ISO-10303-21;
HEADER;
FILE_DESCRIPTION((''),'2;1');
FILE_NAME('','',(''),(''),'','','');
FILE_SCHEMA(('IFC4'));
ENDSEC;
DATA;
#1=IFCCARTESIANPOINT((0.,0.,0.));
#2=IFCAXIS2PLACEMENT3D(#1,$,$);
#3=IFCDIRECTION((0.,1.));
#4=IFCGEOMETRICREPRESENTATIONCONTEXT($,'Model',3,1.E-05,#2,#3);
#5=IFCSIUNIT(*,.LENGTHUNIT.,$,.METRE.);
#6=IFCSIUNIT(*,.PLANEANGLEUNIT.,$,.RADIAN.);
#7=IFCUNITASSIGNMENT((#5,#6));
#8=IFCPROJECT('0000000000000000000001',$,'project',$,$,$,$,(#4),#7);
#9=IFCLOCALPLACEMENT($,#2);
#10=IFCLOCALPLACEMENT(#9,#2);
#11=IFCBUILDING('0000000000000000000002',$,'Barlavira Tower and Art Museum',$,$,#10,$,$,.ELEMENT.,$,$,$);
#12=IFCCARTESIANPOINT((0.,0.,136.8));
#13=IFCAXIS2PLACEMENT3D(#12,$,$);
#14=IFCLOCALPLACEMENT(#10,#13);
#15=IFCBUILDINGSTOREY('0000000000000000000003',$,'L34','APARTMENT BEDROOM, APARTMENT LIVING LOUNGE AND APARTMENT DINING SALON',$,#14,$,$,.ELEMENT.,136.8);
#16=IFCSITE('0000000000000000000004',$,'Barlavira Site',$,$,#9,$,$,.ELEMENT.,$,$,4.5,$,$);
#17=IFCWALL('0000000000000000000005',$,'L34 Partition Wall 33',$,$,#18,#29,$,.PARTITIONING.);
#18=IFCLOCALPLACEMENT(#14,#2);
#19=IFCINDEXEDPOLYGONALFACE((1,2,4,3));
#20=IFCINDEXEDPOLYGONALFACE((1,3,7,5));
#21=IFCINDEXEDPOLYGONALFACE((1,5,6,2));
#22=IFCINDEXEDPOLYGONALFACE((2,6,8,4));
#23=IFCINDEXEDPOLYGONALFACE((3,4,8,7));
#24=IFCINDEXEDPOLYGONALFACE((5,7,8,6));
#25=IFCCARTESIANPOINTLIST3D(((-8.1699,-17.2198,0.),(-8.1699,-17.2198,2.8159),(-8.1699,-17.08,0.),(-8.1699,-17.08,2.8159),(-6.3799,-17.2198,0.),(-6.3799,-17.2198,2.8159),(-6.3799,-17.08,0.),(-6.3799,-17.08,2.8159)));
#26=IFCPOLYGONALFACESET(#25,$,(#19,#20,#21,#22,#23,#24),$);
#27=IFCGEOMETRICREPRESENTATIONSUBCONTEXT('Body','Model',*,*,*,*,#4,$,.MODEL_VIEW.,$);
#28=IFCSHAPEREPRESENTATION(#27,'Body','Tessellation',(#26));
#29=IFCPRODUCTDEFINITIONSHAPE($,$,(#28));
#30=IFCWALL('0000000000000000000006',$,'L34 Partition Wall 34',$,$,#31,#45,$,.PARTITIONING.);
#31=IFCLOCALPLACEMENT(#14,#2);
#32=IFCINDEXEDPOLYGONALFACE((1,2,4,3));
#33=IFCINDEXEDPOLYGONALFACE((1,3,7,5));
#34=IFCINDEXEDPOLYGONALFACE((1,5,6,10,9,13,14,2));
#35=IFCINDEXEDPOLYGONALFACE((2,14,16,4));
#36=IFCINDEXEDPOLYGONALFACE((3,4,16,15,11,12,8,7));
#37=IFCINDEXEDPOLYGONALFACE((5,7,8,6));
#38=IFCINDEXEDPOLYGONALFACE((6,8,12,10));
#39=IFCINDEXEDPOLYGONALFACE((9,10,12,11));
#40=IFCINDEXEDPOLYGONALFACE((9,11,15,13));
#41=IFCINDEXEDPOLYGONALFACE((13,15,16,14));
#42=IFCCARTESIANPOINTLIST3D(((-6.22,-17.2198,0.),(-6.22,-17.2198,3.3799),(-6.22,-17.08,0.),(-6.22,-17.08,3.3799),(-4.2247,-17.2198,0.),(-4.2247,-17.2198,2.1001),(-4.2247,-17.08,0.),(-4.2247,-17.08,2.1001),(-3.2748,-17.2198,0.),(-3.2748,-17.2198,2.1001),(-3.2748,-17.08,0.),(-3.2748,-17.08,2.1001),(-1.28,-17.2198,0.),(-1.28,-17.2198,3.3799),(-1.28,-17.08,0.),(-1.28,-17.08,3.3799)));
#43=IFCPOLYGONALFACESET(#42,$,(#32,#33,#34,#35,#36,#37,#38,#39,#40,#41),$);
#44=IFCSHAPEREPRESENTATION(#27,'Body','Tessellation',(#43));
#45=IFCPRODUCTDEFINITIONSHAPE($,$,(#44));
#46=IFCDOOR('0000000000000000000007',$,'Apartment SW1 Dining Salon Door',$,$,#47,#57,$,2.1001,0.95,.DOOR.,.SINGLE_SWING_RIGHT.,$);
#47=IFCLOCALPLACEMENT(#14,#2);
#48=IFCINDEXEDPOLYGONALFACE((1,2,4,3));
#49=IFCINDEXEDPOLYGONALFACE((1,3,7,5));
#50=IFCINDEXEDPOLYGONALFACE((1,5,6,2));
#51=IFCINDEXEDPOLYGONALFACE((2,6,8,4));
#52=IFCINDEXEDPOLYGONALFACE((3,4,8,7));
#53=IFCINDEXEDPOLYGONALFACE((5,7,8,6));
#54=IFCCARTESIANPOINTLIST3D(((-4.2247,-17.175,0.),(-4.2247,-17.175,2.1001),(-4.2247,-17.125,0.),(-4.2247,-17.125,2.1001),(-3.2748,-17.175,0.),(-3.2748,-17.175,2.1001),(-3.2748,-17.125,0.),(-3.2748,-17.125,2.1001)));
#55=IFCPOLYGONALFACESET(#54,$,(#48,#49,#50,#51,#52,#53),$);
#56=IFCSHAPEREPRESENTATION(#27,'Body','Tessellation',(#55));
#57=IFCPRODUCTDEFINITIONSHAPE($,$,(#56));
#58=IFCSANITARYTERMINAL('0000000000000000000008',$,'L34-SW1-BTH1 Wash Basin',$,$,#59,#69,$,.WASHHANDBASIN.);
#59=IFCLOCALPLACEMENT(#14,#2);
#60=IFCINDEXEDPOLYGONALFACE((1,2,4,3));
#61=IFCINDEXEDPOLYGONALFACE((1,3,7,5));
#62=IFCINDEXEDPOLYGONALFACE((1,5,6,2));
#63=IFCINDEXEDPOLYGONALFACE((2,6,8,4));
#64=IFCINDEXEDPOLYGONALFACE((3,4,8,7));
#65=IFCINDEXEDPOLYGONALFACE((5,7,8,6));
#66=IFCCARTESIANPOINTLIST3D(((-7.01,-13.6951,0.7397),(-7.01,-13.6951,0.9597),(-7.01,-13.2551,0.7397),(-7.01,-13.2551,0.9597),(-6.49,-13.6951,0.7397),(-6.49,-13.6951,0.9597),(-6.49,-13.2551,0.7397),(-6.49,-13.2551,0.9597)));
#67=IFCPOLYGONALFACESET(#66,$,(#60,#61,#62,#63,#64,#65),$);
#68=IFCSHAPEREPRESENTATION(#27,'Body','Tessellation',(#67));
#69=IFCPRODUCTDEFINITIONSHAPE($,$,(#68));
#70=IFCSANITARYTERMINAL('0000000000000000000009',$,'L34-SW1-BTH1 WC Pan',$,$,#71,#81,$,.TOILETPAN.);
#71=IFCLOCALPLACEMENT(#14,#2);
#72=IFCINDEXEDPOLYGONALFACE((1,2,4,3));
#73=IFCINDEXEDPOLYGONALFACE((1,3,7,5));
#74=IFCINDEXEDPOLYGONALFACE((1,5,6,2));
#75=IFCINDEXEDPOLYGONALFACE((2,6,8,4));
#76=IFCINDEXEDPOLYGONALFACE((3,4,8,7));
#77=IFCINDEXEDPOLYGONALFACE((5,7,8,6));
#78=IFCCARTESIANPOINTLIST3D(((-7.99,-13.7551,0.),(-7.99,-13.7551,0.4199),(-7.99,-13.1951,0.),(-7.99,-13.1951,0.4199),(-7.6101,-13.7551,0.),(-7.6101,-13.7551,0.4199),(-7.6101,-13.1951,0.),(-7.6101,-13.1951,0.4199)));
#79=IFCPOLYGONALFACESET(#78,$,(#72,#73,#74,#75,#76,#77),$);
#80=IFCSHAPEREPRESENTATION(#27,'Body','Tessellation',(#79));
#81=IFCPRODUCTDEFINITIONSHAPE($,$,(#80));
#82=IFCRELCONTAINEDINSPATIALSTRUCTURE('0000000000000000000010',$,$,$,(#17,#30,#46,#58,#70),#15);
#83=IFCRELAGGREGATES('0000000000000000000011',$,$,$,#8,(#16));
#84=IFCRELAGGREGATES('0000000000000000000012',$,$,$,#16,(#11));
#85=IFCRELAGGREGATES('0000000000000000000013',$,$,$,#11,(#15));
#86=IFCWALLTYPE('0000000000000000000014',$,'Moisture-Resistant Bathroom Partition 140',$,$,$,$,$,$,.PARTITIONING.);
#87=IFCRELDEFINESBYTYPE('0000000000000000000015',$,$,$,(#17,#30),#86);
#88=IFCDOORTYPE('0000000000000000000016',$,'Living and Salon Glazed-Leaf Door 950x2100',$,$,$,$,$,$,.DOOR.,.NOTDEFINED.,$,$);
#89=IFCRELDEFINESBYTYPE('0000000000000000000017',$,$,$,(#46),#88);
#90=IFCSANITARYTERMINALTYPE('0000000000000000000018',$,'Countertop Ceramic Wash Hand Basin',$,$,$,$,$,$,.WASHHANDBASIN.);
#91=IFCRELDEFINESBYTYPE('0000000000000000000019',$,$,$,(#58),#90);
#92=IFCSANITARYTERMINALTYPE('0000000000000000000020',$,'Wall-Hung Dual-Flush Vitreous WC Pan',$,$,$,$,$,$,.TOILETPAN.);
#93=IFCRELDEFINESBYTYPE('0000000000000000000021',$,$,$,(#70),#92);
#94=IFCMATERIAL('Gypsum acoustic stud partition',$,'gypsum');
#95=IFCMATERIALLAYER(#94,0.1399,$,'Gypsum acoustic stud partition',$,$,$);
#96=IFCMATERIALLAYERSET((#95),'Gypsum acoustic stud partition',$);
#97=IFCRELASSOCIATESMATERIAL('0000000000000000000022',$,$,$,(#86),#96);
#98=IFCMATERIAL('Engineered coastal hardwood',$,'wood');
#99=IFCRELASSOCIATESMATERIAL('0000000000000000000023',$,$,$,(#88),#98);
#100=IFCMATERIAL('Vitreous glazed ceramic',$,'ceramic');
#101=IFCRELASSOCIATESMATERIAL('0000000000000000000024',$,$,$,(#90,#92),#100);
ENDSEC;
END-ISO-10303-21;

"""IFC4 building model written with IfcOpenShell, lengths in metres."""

from ifc_helpers import new_model, si_unit, direction, frame, frame_2d, origin, origin_2d, place, context, subcontext, project, spatial, rectangle, extrude, material, layer, layer_set, type_object, element, fill, save


model = new_model("IFC4")

# Units and contexts
model_context = context("Model", 3, precision=1e-05, world=origin(), true_north=direction((0.0, 1.0)))
body_context = subcontext(model_context, "Body", "Model", "MODEL_VIEW")
ifc_project = project(units=[si_unit("LENGTHUNIT", "METRE"), si_unit("PLANEANGLEUNIT", "RADIAN")], contexts=[model_context])

# Site, building, storey
site_placement = place(None, origin())
site = spatial("IfcSite", under=ifc_project, at=site_placement, Name="Barlavira Site", CompositionType="ELEMENT", RefElevation=4.5)
building_placement = place(site_placement, origin())
building = spatial("IfcBuilding", under=site, at=building_placement, Name="Barlavira Tower and Art Museum", CompositionType="ELEMENT")
storey_placement = place(building_placement, frame((0.0, 0.0, 136.8)))
storey = spatial("IfcBuildingStorey", under=building, at=storey_placement, Name="L34", Description="APARTMENT BEDROOM, APARTMENT LIVING LOUNGE AND APARTMENT DINING SALON", CompositionType="ELEMENT", Elevation=136.8)

# Shared definitions
ifc_material_1 = material(Name="Gypsum acoustic stud partition", Category="gypsum")
ifc_material_2 = material(Name="Engineered coastal hardwood", Category="wood")
ifc_layer_1 = layer(ifc_material_1, 0.1399, Name="Gypsum acoustic stud partition")
ifc_layer_set_1 = layer_set([ifc_layer_1], Name="Gypsum acoustic stud partition")
wall_type_1 = type_object("IfcWallType", Name="Moisture-Resistant Bathroom Partition 140", PredefinedType="PARTITIONING", material=ifc_layer_set_1)

# Wall
wall_1_placement = place(storey_placement, frame((-8.1699, -17.1499, 0.0), z_axis=(0.0, 0.0, 1.0), x_axis=(1.0, 0.0, 0.0)))
element("IfcWall", 1, at=wall_1_placement, inside=storey, type_object=wall_type_1, Name="L34 Partition Wall 33", PredefinedType="PARTITIONING", context=body_context, shape_type="SweptSolid", body=[
    extrude(rectangle(XDim=1.79, YDim=0.1399, at=frame_2d((0.895, 0.0))), origin(), (0.0, 0.0, 1.0), 2.8159),
])

# Wall, opening, door
wall_2_placement = place(storey_placement, frame((-6.22, -17.1499, 0.0), z_axis=(0.0, 0.0, 1.0), x_axis=(1.0, 0.0, 0.0)))
wall_2 = element("IfcWall", 2, at=wall_2_placement, inside=storey, type_object=wall_type_1, Name="L34 Partition Wall 34", PredefinedType="PARTITIONING", context=body_context, shape_type="SweptSolid", body=[
    extrude(rectangle(XDim=4.9399, YDim=0.1399, at=frame_2d((2.47, 0.0))), origin(), (0.0, 0.0, 1.0), 3.3799),
])
opening_1_placement = place(wall_2_placement, frame((1.9951, 0.0, 0.0)))
opening_1 = element("IfcOpeningElement", 3, at=opening_1_placement, cuts=wall_2, PredefinedType="OPENING", context=body_context, shape_type="SweptSolid", body=[
    extrude(rectangle(XDim=0.95, YDim=2.1001, at=frame_2d((0.4751, 1.05))), frame((0.0, 0.0801, 0.0), z_axis=(0.0, -1.0, 0.0), x_axis=(1.0, 0.0, 0.0)), (0.0, 0.0, 1.0), 0.1599),
])
door_type_1 = type_object("IfcDoorType", Name="Living and Salon Glazed-Leaf Door 950x2100", OperationType="NOTDEFINED", PredefinedType="DOOR", material=ifc_material_2)
door_1_placement = place(opening_1_placement, origin())
door_1 = element("IfcDoor", 4, at=door_1_placement, inside=storey, type_object=door_type_1, Name="Apartment SW1 Dining Salon Door", OperationType="SINGLE_SWING_RIGHT", OverallHeight=2.1001, OverallWidth=0.95, PredefinedType="DOOR", context=body_context, shape_type="SweptSolid", body=[
    extrude(rectangle(XDim=0.95, YDim=2.1001, at=frame_2d((0.4751, 1.05))), frame((0.0, 0.0249, 0.0), z_axis=(0.0, -1.0, 0.0), x_axis=(1.0, 0.0, 0.0)), (0.0, 0.0, 1.0), 0.05),
])
fill(opening_1, door_1)

# Sanitary terminals
ifc_material_3 = material(Name="Vitreous glazed ceramic", Category="ceramic")
sanitary_terminal_type_1 = type_object("IfcSanitaryTerminalType", Name="Countertop Ceramic Wash Hand Basin", PredefinedType="WASHHANDBASIN", material=ifc_material_3)
sanitary_terminal_1_placement = place(storey_placement, frame((-6.75, -13.4751, 0.7397), z_axis=(0.0, 0.0, 1.0), x_axis=(1.0, 0.0, 0.0)))
element("IfcSanitaryTerminal", 5, at=sanitary_terminal_1_placement, inside=storey, type_object=sanitary_terminal_type_1, Name="L34-SW1-BTH1 Wash Basin", PredefinedType="WASHHANDBASIN", context=body_context, shape_type="SweptSolid", body=[
    extrude(rectangle(XDim=0.52, YDim=0.4399, at=origin_2d()), origin(), (0.0, 0.0, 1.0), 0.22),
])
sanitary_terminal_type_2 = type_object("IfcSanitaryTerminalType", Name="Wall-Hung Dual-Flush Vitreous WC Pan", PredefinedType="TOILETPAN", material=ifc_material_3)
sanitary_terminal_2_placement = place(storey_placement, frame((-7.8, -13.4751, 0.0), z_axis=(0.0, 0.0, 1.0), x_axis=(1.0, 0.0, 0.0)))
element("IfcSanitaryTerminal", 6, at=sanitary_terminal_2_placement, inside=storey, type_object=sanitary_terminal_type_2, Name="L34-SW1-BTH1 WC Pan", PredefinedType="TOILETPAN", context=body_context, shape_type="SweptSolid", body=[
    extrude(rectangle(XDim=0.3799, YDim=0.5601, at=origin_2d()), origin(), (0.0, 0.0, 1.0), 0.4199),
])

save(model, "model.ifc")
